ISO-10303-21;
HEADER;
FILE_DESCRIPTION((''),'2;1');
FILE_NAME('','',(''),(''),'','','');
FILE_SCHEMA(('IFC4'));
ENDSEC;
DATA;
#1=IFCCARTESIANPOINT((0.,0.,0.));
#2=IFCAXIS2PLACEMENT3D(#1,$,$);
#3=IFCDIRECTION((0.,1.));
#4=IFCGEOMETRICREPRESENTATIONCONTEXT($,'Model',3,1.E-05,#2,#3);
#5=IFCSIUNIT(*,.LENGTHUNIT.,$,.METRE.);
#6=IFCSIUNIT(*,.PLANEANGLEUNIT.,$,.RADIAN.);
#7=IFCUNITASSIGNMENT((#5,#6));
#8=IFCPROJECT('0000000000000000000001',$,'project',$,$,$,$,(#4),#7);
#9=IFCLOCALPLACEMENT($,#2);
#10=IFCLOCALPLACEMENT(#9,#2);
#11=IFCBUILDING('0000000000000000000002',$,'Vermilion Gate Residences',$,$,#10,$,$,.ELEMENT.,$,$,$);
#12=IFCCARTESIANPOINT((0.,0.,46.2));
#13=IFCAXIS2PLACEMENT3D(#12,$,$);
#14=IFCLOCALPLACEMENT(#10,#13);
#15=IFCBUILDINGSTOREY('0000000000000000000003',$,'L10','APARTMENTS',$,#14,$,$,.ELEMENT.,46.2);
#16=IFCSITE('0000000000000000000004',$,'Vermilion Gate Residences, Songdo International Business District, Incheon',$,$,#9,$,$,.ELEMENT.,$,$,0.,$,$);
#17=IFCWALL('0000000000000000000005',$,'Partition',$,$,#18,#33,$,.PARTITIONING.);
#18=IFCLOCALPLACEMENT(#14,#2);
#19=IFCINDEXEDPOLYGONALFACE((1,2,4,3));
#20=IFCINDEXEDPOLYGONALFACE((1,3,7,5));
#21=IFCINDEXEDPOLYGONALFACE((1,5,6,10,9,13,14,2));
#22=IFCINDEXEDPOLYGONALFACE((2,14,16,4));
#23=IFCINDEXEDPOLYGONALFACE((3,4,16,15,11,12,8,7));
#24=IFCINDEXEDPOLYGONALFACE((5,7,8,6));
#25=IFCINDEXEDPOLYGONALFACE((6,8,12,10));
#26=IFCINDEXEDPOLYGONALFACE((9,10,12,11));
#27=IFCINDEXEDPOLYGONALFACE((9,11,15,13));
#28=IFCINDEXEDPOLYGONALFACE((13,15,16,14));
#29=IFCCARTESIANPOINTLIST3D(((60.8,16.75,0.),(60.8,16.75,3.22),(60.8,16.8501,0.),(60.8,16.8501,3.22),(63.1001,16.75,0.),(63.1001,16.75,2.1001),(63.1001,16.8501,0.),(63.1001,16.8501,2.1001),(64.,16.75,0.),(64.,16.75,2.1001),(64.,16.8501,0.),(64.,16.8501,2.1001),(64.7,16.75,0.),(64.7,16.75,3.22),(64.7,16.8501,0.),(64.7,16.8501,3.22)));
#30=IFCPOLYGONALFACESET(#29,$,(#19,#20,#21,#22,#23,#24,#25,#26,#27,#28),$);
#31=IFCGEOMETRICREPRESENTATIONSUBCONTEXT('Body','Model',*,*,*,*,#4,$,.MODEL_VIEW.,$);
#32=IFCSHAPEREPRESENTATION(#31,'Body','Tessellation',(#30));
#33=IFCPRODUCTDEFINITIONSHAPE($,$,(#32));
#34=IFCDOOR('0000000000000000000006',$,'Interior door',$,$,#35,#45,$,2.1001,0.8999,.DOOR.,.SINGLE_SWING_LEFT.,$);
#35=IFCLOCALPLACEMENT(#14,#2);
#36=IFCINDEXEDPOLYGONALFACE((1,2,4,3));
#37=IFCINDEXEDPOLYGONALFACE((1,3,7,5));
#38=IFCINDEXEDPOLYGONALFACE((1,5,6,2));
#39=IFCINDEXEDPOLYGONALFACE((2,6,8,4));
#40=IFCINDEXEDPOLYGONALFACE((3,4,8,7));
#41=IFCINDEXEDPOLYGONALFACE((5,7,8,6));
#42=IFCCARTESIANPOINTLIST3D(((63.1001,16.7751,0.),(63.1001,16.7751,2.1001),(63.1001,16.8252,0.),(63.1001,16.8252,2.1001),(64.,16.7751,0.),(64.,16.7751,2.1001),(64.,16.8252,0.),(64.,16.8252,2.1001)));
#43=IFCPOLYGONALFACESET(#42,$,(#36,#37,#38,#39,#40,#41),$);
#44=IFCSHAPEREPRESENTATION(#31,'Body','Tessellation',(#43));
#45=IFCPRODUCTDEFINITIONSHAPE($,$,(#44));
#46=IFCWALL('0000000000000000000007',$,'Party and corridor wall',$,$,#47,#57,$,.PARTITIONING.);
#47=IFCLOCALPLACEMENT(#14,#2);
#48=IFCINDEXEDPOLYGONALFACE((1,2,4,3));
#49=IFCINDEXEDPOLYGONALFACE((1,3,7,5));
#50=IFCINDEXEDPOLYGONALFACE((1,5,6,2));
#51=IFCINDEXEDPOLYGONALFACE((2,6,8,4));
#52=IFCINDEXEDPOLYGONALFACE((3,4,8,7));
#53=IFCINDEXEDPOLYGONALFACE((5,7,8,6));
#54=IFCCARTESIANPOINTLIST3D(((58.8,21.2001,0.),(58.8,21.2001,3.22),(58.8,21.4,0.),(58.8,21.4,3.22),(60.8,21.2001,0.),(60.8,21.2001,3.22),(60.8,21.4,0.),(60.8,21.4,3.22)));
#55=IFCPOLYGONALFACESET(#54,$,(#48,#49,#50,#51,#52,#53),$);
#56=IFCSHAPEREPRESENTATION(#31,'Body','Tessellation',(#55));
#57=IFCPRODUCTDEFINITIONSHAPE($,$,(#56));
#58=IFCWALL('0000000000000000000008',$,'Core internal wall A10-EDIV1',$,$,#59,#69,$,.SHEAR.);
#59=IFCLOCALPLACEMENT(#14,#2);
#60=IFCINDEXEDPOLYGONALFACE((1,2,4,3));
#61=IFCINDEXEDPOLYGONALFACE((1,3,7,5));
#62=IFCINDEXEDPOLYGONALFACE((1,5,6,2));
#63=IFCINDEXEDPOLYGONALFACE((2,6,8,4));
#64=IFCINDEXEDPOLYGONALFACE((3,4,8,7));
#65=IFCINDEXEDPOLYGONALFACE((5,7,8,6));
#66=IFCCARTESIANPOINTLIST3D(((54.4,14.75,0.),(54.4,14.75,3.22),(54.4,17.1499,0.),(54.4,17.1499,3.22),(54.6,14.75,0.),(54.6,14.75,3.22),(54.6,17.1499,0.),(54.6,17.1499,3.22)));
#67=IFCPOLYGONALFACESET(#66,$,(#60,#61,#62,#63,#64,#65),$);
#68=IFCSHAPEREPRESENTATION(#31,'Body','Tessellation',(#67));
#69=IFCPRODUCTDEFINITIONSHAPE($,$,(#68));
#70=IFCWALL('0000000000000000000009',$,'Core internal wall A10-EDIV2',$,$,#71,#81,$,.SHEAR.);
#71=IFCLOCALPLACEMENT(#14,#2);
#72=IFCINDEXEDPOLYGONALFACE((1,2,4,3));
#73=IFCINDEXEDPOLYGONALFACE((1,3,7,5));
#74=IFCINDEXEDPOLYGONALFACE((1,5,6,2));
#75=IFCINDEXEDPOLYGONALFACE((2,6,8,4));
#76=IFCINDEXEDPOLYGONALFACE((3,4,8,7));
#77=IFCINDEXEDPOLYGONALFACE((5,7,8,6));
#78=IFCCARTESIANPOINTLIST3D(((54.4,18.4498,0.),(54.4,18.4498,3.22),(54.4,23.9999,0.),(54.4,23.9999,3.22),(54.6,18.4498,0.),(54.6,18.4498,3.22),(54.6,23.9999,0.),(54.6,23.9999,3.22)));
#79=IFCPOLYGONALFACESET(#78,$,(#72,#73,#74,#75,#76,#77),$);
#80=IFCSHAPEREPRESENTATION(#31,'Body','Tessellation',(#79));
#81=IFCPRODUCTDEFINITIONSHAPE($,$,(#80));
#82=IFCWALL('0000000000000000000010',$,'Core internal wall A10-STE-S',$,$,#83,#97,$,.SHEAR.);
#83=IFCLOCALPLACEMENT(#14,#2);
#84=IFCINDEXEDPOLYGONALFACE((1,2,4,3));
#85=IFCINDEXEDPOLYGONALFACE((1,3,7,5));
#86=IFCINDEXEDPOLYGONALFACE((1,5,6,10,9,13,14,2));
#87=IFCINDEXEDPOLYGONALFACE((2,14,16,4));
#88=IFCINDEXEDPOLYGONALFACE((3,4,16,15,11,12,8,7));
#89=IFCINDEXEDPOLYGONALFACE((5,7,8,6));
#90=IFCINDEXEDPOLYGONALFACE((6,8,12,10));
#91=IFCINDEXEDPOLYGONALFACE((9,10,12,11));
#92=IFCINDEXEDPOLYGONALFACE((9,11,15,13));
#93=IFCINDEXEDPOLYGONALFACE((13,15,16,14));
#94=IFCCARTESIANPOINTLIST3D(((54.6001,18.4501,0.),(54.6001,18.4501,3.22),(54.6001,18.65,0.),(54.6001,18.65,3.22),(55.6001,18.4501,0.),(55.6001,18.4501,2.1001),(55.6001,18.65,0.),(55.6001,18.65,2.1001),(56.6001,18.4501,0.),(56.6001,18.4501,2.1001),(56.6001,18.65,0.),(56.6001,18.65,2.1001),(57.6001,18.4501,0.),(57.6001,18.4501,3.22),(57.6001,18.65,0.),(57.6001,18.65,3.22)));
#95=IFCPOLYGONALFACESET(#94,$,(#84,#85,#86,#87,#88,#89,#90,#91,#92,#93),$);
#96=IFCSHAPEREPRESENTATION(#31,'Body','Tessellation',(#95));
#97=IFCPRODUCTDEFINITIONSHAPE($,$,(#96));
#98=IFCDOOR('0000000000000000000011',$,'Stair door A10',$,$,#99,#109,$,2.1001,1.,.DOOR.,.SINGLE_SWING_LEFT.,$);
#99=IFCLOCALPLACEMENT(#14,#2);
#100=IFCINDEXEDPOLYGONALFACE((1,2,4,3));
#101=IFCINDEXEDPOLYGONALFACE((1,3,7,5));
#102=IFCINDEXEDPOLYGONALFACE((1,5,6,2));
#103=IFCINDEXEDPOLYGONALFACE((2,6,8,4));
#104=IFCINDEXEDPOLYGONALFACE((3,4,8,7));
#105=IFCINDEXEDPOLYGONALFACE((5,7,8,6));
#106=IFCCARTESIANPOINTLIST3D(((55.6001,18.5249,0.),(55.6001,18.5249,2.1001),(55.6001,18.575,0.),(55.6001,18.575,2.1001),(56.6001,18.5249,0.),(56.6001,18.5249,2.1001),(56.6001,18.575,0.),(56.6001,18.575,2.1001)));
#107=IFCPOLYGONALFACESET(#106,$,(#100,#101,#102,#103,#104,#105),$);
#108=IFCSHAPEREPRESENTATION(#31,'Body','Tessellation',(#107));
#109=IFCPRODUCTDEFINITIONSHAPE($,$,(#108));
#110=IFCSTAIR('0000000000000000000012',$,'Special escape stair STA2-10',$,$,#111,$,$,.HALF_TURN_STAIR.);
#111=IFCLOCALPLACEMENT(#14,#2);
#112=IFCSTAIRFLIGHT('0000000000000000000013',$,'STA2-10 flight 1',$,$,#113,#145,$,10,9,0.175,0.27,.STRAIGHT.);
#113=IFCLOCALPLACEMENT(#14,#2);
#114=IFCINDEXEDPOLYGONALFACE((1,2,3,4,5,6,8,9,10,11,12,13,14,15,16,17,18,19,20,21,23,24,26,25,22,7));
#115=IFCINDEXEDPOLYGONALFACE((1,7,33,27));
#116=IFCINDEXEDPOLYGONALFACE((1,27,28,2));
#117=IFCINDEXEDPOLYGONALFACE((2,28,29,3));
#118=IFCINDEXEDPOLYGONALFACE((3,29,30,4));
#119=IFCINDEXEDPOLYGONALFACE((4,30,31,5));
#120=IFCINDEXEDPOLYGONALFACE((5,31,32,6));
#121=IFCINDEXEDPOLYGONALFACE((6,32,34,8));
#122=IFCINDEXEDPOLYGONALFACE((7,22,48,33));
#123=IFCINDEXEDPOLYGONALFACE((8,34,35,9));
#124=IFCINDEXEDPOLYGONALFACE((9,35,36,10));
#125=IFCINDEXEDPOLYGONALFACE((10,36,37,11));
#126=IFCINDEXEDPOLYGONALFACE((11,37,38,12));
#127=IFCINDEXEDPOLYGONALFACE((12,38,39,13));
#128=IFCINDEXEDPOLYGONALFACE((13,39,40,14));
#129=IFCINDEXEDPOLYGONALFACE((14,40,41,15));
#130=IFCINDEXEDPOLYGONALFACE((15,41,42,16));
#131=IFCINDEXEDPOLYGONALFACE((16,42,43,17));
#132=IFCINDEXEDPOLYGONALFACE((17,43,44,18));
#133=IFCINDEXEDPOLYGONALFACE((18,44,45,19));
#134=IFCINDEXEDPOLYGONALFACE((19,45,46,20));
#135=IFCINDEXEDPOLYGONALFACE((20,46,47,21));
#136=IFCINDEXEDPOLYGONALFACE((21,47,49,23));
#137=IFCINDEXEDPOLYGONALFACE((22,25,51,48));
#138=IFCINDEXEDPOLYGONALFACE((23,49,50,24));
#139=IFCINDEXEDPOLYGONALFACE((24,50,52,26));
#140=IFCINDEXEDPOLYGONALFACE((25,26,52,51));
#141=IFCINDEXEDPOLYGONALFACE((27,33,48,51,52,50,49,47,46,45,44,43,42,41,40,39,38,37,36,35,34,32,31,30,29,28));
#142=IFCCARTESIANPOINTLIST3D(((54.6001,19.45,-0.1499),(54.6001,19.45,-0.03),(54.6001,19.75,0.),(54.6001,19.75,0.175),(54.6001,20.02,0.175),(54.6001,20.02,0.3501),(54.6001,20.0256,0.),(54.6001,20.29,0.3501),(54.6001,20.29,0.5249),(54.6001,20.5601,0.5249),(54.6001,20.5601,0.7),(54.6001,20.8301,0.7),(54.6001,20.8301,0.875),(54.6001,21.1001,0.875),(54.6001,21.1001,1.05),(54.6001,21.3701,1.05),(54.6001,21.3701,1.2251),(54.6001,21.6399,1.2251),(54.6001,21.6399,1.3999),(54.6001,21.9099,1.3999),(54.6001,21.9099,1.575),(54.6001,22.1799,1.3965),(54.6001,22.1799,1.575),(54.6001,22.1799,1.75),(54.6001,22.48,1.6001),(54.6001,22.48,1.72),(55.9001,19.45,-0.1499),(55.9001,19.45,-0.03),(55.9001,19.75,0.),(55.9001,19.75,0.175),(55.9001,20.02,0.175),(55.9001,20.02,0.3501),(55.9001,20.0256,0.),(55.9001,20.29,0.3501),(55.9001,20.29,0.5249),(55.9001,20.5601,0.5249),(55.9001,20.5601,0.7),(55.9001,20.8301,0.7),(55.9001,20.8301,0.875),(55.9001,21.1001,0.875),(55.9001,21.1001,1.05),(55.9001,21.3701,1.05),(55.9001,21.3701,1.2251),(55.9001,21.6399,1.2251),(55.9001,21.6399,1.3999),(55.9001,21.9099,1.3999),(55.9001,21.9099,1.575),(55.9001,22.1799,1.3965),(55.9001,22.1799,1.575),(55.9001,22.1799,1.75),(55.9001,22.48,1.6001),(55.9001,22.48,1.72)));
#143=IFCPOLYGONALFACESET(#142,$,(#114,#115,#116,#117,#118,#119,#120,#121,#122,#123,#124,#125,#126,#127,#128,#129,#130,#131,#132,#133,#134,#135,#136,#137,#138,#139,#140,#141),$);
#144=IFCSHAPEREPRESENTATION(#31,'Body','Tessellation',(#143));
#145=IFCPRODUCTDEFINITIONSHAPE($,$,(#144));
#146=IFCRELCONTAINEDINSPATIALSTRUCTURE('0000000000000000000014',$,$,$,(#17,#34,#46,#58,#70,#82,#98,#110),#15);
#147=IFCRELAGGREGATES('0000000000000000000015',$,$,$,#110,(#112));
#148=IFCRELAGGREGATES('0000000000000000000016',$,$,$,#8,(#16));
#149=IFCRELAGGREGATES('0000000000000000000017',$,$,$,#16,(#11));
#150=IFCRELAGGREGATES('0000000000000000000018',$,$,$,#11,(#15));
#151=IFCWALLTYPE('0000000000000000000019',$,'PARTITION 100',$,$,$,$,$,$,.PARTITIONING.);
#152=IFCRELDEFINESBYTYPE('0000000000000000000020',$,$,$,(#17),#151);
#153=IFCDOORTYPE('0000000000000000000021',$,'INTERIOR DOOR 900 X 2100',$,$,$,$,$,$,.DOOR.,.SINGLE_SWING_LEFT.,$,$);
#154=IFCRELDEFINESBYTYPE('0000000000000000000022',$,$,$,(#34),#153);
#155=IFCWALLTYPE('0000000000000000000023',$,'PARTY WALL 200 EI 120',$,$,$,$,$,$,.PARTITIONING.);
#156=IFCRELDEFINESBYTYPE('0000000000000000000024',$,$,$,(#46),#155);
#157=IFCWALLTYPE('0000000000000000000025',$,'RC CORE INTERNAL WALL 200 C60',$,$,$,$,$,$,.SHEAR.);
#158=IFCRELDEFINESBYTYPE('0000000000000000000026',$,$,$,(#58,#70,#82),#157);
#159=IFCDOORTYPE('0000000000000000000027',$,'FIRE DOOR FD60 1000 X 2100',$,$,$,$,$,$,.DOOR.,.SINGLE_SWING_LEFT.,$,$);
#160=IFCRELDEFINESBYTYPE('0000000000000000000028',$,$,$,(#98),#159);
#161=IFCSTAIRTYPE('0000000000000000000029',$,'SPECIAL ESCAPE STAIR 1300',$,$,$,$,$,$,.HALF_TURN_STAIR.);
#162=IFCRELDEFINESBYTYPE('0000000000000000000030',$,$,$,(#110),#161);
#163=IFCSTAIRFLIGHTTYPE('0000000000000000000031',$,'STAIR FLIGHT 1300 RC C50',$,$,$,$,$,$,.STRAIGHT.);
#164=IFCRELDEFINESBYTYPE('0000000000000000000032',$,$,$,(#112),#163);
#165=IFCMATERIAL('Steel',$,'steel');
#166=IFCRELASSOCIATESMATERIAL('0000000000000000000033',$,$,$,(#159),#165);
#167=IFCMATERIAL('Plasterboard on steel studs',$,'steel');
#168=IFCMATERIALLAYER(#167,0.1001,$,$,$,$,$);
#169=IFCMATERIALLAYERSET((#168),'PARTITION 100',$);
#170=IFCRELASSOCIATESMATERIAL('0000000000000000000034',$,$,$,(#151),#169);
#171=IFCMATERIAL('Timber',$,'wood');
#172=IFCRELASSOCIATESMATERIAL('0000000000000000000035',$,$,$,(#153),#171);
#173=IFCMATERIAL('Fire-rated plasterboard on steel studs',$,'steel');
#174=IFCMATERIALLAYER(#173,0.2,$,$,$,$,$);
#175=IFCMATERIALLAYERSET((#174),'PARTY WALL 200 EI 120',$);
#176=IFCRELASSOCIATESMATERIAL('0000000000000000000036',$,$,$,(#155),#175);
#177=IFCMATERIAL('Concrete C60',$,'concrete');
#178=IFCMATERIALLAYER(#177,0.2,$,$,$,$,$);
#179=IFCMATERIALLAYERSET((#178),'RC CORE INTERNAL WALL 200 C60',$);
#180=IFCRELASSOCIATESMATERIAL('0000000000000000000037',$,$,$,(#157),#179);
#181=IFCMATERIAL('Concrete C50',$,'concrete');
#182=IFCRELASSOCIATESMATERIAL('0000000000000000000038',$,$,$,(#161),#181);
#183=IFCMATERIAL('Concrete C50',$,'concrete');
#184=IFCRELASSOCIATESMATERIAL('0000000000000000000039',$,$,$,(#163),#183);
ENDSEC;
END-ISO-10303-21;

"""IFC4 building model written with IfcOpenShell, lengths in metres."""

from ifc_helpers import new_model, si_unit, direction, frame, frame_2d, origin, place, context, subcontext, project, spatial, polyline, rectangle, outline, extrude, material, layer, layer_set, type_object, element, fill, aggregate, save


model = new_model("IFC4")

# Units and contexts
model_context = context("Model", 3, precision=1e-05, world=origin(), true_north=direction((0.0, 1.0)))
body_context = subcontext(model_context, "Body", "Model", "MODEL_VIEW")
ifc_project = project(units=[si_unit("LENGTHUNIT", "METRE"), si_unit("PLANEANGLEUNIT", "RADIAN")], contexts=[model_context])

# Site, building, storey
site_placement = place(None, origin())
site = spatial("IfcSite", under=ifc_project, at=site_placement, Name="Vermilion Gate Residences, Songdo International Business District, Incheon", CompositionType="ELEMENT", RefElevation=0.0)
building_placement = place(site_placement, origin())
building = spatial("IfcBuilding", under=site, at=building_placement, Name="Vermilion Gate Residences", CompositionType="ELEMENT")
storey_placement = place(building_placement, frame((0.0, 0.0, 46.2)))
storey = spatial("IfcBuildingStorey", under=building, at=storey_placement, Name="L10", Description="APARTMENTS", CompositionType="ELEMENT", Elevation=46.2)

# Shared definitions
ifc_material_1 = material(Name="Steel", Category="steel")
door_type_1 = type_object("IfcDoorType", Name="FIRE DOOR FD60 1000 X 2100", OperationType="SINGLE_SWING_LEFT", PredefinedType="DOOR", material=ifc_material_1)

# Shared definitions
ifc_material_2 = material(Name="Plasterboard on steel studs", Category="steel")
ifc_layer_1 = layer(ifc_material_2, 0.1001)
ifc_layer_set_1 = layer_set([ifc_layer_1], Name="PARTITION 100")
wall_type_1 = type_object("IfcWallType", Name="PARTITION 100", PredefinedType="PARTITIONING", material=ifc_layer_set_1)

# Wall, opening, door
wall_1_placement = place(storey_placement, frame((60.8, 16.8, 0.0), z_axis=(0.0, 0.0, 1.0), x_axis=(1.0, 0.0, 0.0)))
wall_1 = element("IfcWall", 1, at=wall_1_placement, inside=storey, type_object=wall_type_1, Name="Partition", PredefinedType="PARTITIONING", context=body_context, shape_type="SweptSolid", body=[
    extrude(rectangle(XDim=3.8999, YDim=0.1001, at=frame_2d((1.95, 0.0))), origin(), (0.0, 0.0, 1.0), 3.22),
])
opening_1_placement = place(wall_1_placement, frame((2.3, 0.0, 0.0)))
opening_1 = element("IfcOpeningElement", 2, at=opening_1_placement, cuts=wall_1, PredefinedType="OPENING", context=body_context, shape_type="SweptSolid", body=[
    extrude(rectangle(XDim=0.8999, YDim=2.1001, at=frame_2d((0.45, 1.05))), frame((0.0, 0.0601, 0.0), z_axis=(0.0, -1.0, 0.0), x_axis=(1.0, 0.0, 0.0)), (0.0, 0.0, 1.0), 0.1201),
])
ifc_material_3 = material(Name="Timber", Category="wood")
door_type_2 = type_object("IfcDoorType", Name="INTERIOR DOOR 900 X 2100", OperationType="SINGLE_SWING_LEFT", PredefinedType="DOOR", material=ifc_material_3)
door_1_placement = place(opening_1_placement, frame((0.8999, 0.0, 0.0), z_axis=(0.0, 0.0, 1.0), x_axis=(-1.0, 0.0, 0.0)))
door_1 = element("IfcDoor", 3, at=door_1_placement, inside=storey, type_object=door_type_2, Name="Interior door", OperationType="SINGLE_SWING_LEFT", OverallHeight=2.1001, OverallWidth=0.8999, PredefinedType="DOOR", context=body_context, shape_type="SweptSolid", body=[
    extrude(rectangle(XDim=0.8999, YDim=2.1001, at=frame_2d((0.45, 1.05))), frame((0.0, 0.0249, 0.0), z_axis=(0.0, -1.0, 0.0), x_axis=(1.0, 0.0, 0.0)), (0.0, 0.0, 1.0), 0.05),
])
fill(opening_1, door_1)

# Walls
ifc_material_4 = material(Name="Fire-rated plasterboard on steel studs", Category="steel")
ifc_layer_2 = layer(ifc_material_4, 0.2)
ifc_layer_set_2 = layer_set([ifc_layer_2], Name="PARTY WALL 200 EI 120")
wall_type_2 = type_object("IfcWallType", Name="PARTY WALL 200 EI 120", PredefinedType="PARTITIONING", material=ifc_layer_set_2)
wall_2_placement = place(storey_placement, frame((58.8, 21.3, 0.0), z_axis=(0.0, 0.0, 1.0), x_axis=(1.0, 0.0, 0.0)))
element("IfcWall", 4, at=wall_2_placement, inside=storey, type_object=wall_type_2, Name="Party and corridor wall", PredefinedType="PARTITIONING", context=body_context, shape_type="SweptSolid", body=[
    extrude(rectangle(XDim=2.0, YDim=0.2, at=frame_2d((1.0, 0.0))), origin(), (0.0, 0.0, 1.0), 3.22),
])
ifc_material_5 = material(Name="Concrete C60", Category="concrete")
ifc_layer_3 = layer(ifc_material_5, 0.2)
ifc_layer_set_3 = layer_set([ifc_layer_3], Name="RC CORE INTERNAL WALL 200 C60")
wall_type_3 = type_object("IfcWallType", Name="RC CORE INTERNAL WALL 200 C60", PredefinedType="SHEAR", material=ifc_layer_set_3)
wall_3_placement = place(storey_placement, frame((54.5, 14.75, 0.0), z_axis=(0.0, 0.0, 1.0), x_axis=(0.0, 1.0, 0.0)))
element("IfcWall", 5, at=wall_3_placement, inside=storey, type_object=wall_type_3, Name="Core internal wall A10-EDIV1", PredefinedType="SHEAR", context=body_context, shape_type="SweptSolid", body=[
    extrude(rectangle(XDim=2.3999, YDim=0.2, at=frame_2d((1.2, 0.0))), origin(), (0.0, 0.0, 1.0), 3.22),
])
wall_4_placement = place(storey_placement, frame((54.5, 18.45, 0.0), z_axis=(0.0, 0.0, 1.0), x_axis=(0.0, 1.0, 0.0)))
element("IfcWall", 6, at=wall_4_placement, inside=storey, type_object=wall_type_3, Name="Core internal wall A10-EDIV2", PredefinedType="SHEAR", context=body_context, shape_type="SweptSolid", body=[
    extrude(rectangle(XDim=5.55, YDim=0.2, at=frame_2d((2.7749, 0.0))), origin(), (0.0, 0.0, 1.0), 3.22),
])

# Wall, opening, door
wall_5_placement = place(storey_placement, frame((54.6001, 18.55, 0.0), z_axis=(0.0, 0.0, 1.0), x_axis=(1.0, 0.0, 0.0)))
wall_5 = element("IfcWall", 7, at=wall_5_placement, inside=storey, type_object=wall_type_3, Name="Core internal wall A10-STE-S", PredefinedType="SHEAR", context=body_context, shape_type="SweptSolid", body=[
    extrude(rectangle(XDim=3.0, YDim=0.2, at=frame_2d((1.5, 0.0))), origin(), (0.0, 0.0, 1.0), 3.22),
])
opening_2_placement = place(wall_5_placement, frame((1.0, 0.0, 0.0)))
opening_2 = element("IfcOpeningElement", 8, at=opening_2_placement, cuts=wall_5, PredefinedType="OPENING", context=body_context, shape_type="SweptSolid", body=[
    extrude(rectangle(XDim=1.0, YDim=2.1001, at=frame_2d((0.5, 1.05))), frame((0.0, 0.1099, 0.0), z_axis=(0.0, -1.0, 0.0), x_axis=(1.0, 0.0, 0.0)), (0.0, 0.0, 1.0), 0.22),
])
door_2_placement = place(opening_2_placement, origin())
door_2 = element("IfcDoor", 9, at=door_2_placement, inside=storey, type_object=door_type_1, Name="Stair door A10", OperationType="SINGLE_SWING_LEFT", OverallHeight=2.1001, OverallWidth=1.0, PredefinedType="DOOR", context=body_context, shape_type="SweptSolid", body=[
    extrude(rectangle(XDim=1.0, YDim=2.1001, at=frame_2d((0.5, 1.05))), frame((0.0, 0.0249, 0.0), z_axis=(0.0, -1.0, 0.0), x_axis=(1.0, 0.0, 0.0)), (0.0, 0.0, 1.0), 0.05),
])
fill(opening_2, door_2)

# Stair, stair flight
ifc_material_6 = material(Name="Concrete C50", Category="concrete")
stair_type = type_object("IfcStairType", Name="SPECIAL ESCAPE STAIR 1300", PredefinedType="HALF_TURN_STAIR", material=ifc_material_6)
stair_placement = place(storey_placement, origin())
stair = element("IfcStair", 10, at=stair_placement, inside=storey, type_object=stair_type, Name="Special escape stair STA2-10", PredefinedType="HALF_TURN_STAIR")
ifc_material_7 = material(Name="Concrete C50", Category="concrete")
stair_flight_type = type_object("IfcStairFlightType", Name="STAIR FLIGHT 1300 RC C50", PredefinedType="STRAIGHT", material=ifc_material_7)
stair_flight_1_placement = place(storey_placement, frame((55.25, 19.75, 0.0), z_axis=(0.0, 0.0, 1.0), x_axis=(0.0, 1.0, 0.0)))
stair_flight_1 = element("IfcStairFlight", 11, at=stair_flight_1_placement, type_object=stair_flight_type, Name="STA2-10 flight 1", NumberOfRisers=10, NumberOfTreads=9, PredefinedType="STRAIGHT", RiserHeight=0.175, TreadLength=0.27, context=body_context, shape_type="SweptSolid", body=[
    extrude(outline(polyline([(-0.3, -0.1499), (-0.3, -0.03), (0.0, 0.0), (0.0, 0.175), (0.27, 0.175), (0.27, 0.3501), (0.54, 0.3501), (0.54, 0.5249), (0.8101, 0.5249), (0.8101, 0.7), (1.0801, 0.7), (1.0801, 0.875), (1.3501, 0.875), (1.3501, 1.05), (1.6201, 1.05), (1.6201, 1.2251), (1.8899, 1.2251), (1.8899, 1.3999), (2.1599, 1.3999), (2.1599, 1.575), (2.4299, 1.575), (2.4299, 1.75), (2.73, 1.72), (2.73, 1.6001), (2.4299, 1.3965), (0.2756, 0.0), (-0.3, -0.1499)])), frame((0.0, 0.6499, 0.0), z_axis=(0.0, -1.0, 0.0), x_axis=(1.0, 0.0, 0.0)), (0.0, 0.0, 1.0), 1.3),
])
aggregate(stair, [stair_flight_1])

save(model, "model.ifc")
